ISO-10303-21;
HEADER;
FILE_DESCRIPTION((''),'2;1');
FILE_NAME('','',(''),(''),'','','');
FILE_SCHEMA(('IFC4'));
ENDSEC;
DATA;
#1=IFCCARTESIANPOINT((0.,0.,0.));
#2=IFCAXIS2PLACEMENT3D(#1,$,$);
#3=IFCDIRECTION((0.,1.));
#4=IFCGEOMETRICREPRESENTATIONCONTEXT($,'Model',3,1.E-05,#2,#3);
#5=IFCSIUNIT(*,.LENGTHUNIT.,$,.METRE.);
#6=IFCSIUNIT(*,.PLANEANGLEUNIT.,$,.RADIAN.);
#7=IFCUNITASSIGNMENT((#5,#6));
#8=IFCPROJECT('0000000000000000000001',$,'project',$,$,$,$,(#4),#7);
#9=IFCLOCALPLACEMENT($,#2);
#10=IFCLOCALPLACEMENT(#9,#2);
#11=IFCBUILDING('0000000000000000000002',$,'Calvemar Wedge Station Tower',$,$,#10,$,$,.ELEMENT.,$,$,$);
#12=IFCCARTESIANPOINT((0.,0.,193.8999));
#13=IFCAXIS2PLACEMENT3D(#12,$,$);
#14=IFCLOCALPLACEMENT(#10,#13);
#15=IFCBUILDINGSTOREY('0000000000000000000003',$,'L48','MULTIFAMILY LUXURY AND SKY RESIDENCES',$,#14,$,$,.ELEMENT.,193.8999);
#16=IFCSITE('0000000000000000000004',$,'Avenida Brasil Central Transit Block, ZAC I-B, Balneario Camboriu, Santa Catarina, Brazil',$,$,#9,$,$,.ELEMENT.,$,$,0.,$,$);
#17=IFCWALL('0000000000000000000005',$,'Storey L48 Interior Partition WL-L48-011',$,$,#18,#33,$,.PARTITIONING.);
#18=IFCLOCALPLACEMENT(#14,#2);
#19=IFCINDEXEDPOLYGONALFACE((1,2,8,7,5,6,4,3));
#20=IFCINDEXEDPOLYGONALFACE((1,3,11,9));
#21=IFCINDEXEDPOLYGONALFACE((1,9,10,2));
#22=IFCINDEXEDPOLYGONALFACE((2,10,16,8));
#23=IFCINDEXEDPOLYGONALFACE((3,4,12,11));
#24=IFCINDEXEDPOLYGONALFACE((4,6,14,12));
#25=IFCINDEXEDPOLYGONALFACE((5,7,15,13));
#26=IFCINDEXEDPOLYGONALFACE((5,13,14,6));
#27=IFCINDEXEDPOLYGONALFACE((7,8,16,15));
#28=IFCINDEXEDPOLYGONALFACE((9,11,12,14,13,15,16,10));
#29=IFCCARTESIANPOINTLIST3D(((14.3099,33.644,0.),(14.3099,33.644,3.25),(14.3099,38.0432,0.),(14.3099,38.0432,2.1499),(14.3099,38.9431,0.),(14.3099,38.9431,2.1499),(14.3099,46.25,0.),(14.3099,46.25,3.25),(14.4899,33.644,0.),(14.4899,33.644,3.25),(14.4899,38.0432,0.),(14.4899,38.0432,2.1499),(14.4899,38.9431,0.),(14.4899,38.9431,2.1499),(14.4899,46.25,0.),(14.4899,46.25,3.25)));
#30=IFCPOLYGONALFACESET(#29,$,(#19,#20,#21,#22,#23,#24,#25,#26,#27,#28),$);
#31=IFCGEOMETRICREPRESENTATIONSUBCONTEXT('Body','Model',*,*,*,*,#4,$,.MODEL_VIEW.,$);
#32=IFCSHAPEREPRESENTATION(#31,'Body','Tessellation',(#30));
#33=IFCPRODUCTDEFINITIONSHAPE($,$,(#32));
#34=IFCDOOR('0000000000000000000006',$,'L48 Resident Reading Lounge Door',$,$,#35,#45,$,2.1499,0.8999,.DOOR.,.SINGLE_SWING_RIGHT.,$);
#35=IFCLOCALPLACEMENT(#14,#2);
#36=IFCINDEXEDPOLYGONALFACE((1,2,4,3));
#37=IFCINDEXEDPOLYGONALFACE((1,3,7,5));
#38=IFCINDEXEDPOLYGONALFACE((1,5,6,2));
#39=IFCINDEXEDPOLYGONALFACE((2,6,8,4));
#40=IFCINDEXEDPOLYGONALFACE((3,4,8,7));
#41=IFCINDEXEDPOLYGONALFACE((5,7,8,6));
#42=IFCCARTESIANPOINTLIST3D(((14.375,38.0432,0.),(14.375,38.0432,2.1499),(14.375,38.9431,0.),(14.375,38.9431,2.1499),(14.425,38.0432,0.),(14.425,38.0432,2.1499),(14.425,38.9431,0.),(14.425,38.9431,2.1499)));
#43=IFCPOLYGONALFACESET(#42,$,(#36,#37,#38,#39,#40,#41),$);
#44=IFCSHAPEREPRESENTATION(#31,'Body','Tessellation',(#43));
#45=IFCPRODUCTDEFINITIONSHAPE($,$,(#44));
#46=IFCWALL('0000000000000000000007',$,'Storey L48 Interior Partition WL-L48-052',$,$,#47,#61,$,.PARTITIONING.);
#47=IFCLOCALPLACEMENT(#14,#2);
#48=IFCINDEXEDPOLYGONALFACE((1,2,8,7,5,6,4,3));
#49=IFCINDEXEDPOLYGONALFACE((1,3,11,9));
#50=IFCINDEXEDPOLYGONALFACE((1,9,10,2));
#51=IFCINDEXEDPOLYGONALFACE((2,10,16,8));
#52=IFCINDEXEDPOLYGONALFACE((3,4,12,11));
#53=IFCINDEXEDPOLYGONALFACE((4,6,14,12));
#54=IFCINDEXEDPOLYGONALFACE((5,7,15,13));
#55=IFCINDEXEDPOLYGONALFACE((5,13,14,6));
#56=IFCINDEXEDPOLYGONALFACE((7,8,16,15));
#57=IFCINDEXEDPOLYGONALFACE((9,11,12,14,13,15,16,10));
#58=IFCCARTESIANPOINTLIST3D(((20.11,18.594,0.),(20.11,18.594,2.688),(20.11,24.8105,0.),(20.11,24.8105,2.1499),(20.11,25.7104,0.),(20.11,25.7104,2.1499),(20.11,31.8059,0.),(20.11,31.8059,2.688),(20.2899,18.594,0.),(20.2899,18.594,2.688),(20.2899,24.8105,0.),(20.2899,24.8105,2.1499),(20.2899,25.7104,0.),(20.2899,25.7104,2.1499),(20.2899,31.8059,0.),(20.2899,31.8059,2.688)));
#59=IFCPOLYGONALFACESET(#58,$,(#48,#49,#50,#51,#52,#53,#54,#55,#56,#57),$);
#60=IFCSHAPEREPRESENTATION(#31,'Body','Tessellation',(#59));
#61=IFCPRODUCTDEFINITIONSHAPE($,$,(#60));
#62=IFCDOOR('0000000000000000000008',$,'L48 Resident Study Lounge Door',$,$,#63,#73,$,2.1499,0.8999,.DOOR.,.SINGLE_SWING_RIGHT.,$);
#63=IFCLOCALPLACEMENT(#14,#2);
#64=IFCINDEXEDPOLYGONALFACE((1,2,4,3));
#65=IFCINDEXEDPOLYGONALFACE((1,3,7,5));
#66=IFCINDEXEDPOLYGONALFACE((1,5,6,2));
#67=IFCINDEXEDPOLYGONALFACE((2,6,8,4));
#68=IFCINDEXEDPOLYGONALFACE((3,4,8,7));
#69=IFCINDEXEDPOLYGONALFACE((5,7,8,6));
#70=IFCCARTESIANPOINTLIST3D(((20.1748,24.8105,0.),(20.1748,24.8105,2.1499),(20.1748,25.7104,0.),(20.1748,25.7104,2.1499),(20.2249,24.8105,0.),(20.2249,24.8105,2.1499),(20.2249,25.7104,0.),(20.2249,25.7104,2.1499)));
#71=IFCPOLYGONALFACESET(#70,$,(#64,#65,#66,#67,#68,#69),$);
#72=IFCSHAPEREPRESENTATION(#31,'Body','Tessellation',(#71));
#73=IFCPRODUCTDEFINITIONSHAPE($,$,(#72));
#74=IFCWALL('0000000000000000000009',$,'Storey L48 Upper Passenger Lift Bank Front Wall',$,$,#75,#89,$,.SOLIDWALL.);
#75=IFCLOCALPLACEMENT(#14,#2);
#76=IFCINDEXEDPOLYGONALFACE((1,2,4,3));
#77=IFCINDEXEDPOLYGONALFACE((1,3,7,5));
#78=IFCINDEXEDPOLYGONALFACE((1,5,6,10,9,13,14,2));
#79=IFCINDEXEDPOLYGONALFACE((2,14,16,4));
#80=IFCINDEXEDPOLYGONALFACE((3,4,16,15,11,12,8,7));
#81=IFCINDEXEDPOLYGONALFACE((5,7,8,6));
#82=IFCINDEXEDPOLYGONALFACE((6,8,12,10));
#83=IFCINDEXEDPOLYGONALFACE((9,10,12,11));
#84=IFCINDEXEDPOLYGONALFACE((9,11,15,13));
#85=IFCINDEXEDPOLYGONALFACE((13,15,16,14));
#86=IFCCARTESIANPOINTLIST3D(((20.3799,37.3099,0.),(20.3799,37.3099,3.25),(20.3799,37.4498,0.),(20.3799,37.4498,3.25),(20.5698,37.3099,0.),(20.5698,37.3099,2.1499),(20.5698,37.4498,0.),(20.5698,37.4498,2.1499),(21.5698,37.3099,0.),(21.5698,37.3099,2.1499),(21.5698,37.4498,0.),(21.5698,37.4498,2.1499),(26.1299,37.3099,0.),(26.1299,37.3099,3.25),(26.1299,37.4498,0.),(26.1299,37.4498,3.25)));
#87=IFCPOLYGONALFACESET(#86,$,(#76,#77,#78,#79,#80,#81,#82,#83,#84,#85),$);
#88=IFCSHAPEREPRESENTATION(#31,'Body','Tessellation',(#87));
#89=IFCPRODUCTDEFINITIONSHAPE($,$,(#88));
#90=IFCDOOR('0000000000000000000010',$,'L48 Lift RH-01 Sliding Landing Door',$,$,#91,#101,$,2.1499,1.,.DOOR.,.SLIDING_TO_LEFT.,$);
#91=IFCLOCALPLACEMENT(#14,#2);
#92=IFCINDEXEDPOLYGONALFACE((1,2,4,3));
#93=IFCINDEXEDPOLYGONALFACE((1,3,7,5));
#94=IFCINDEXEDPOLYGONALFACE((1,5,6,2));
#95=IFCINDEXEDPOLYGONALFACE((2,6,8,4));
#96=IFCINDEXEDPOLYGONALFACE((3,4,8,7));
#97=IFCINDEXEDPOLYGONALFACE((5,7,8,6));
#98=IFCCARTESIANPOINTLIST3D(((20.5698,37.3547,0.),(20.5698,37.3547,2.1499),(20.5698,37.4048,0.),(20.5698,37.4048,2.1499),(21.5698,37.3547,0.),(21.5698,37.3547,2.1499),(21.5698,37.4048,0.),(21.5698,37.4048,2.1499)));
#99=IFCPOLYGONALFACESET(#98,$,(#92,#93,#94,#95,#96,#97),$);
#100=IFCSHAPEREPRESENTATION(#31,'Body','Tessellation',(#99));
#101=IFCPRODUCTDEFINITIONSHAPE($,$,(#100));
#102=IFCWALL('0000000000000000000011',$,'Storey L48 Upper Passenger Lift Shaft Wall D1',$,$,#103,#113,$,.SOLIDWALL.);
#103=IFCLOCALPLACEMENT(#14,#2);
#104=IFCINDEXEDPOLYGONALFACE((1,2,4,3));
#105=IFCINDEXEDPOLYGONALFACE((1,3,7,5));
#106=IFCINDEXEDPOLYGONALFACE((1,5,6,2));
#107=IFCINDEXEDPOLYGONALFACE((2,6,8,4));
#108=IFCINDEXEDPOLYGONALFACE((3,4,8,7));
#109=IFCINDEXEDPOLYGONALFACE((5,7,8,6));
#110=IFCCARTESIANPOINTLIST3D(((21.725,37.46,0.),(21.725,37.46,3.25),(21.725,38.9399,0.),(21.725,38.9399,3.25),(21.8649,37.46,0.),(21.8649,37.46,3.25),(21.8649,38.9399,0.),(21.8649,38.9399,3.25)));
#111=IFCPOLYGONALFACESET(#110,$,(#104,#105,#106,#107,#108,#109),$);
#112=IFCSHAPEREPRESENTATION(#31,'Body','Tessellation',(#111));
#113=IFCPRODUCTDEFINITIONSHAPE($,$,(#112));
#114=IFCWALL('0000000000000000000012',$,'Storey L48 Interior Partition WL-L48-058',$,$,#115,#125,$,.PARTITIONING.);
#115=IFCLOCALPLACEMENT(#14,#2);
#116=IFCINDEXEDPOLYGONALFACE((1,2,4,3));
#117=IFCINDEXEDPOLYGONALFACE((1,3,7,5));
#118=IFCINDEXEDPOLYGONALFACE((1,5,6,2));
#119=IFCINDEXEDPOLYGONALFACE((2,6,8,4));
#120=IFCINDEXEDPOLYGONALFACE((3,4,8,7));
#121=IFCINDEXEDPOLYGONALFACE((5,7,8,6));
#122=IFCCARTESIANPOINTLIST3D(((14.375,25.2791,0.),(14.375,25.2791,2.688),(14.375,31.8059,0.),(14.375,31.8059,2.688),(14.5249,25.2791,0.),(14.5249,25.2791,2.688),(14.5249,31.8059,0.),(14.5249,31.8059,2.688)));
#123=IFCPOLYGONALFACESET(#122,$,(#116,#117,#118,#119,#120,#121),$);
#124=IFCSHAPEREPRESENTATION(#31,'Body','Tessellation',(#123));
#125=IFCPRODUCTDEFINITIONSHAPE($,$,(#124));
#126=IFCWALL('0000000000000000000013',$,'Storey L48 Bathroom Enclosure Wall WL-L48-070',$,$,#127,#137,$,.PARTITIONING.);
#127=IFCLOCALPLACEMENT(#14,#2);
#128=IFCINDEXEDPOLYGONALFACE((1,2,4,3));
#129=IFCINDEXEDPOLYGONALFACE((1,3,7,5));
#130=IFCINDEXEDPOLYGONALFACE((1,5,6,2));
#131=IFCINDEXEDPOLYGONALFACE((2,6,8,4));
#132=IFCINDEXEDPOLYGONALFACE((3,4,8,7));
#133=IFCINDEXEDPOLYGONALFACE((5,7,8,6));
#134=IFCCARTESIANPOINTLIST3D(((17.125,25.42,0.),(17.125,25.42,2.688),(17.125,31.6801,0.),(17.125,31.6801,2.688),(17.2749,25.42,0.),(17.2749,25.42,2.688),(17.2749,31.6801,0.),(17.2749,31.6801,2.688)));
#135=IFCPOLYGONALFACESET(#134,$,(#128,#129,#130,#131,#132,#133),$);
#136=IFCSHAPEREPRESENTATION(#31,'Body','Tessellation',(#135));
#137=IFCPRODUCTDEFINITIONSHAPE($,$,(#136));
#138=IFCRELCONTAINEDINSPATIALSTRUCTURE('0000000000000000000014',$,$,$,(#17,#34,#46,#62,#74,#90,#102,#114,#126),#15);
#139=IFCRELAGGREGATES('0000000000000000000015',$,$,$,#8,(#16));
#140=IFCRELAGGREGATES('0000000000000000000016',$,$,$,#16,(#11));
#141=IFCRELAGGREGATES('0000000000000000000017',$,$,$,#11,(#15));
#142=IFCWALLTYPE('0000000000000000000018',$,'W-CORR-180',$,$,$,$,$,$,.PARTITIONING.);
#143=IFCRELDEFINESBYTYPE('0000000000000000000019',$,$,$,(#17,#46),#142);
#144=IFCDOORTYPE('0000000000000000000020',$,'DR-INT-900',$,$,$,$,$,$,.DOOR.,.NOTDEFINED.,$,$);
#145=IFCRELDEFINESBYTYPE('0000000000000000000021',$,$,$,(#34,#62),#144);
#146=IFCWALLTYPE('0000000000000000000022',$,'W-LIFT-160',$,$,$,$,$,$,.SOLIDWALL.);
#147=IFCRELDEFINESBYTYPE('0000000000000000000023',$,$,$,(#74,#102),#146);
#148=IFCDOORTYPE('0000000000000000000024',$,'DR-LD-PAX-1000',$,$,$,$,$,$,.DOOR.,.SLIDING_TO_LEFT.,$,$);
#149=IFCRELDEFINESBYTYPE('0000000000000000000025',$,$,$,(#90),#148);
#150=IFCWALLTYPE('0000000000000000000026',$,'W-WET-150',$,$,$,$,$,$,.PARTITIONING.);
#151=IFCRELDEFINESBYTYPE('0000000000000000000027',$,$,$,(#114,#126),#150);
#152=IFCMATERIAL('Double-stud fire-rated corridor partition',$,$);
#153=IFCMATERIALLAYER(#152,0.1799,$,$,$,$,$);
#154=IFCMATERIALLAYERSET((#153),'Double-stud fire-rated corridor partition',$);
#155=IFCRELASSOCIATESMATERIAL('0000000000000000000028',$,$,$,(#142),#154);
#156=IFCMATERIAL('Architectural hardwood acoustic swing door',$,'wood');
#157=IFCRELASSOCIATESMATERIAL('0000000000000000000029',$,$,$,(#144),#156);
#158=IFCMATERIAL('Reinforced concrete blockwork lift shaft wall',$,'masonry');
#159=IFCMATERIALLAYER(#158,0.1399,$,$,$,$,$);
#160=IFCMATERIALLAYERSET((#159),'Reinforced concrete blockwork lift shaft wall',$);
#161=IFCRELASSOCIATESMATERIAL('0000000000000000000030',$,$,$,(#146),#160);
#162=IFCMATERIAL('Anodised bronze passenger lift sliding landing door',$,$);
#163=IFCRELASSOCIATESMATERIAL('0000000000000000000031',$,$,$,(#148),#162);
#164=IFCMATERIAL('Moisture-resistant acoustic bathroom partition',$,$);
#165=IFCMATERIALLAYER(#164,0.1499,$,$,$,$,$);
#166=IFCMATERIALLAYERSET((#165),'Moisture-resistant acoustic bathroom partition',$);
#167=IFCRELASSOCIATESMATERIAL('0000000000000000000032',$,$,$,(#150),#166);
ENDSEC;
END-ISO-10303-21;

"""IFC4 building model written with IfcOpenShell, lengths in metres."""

from ifc_helpers import new_model, si_unit, direction, frame, frame_2d, origin, place, context, subcontext, project, spatial, rectangle, extrude, source, transform, mapped, material, layer, layer_set, type_object, element, fill, save


model = new_model("IFC4")

# Units and contexts
model_context = context("Model", 3, precision=1e-05, world=origin(), true_north=direction((0.0, 1.0)))
body_context = subcontext(model_context, "Body", "Model", "MODEL_VIEW")
ifc_project = project(units=[si_unit("LENGTHUNIT", "METRE"), si_unit("PLANEANGLEUNIT", "RADIAN")], contexts=[model_context])

# Site, building, storey
site_placement = place(None, origin())
site = spatial("IfcSite", under=ifc_project, at=site_placement, Name="Avenida Brasil Central Transit Block, ZAC I-B, Balneario Camboriu, Santa Catarina, Brazil", CompositionType="ELEMENT", RefElevation=0.0)
building_placement = place(site_placement, origin())
building = spatial("IfcBuilding", under=site, at=building_placement, Name="Calvemar Wedge Station Tower", CompositionType="ELEMENT")
storey_placement = place(building_placement, frame((0.0, 0.0, 193.8999)))
storey = spatial("IfcBuildingStorey", under=building, at=storey_placement, Name="L48", Description="MULTIFAMILY LUXURY AND SKY RESIDENCES", CompositionType="ELEMENT", Elevation=193.8999)

# Shared definitions
ifc_material_1 = material(Name="Double-stud fire-rated corridor partition")
ifc_layer_1 = layer(ifc_material_1, 0.1799)
ifc_layer_set_1 = layer_set([ifc_layer_1], Name="Double-stud fire-rated corridor partition")
wall_type_1 = type_object("IfcWallType", Name="W-CORR-180", PredefinedType="PARTITIONING", material=ifc_layer_set_1)
shared_shape_1 = source(origin(), body_context, "Body", "SweptSolid", [
    extrude(rectangle(XDim=0.8999, YDim=2.1499, at=frame_2d((0.45, 1.075))), frame((0.0, 0.1001, 0.0), z_axis=(0.0, -1.0, 0.0), x_axis=(1.0, 0.0, 0.0)), (0.0, 0.0, 1.0), 0.2),
])

# Walls, openings, doors
wall_1_placement = place(storey_placement, frame((14.3999, 33.644, 0.0), z_axis=(0.0, 0.0, 1.0), x_axis=(0.0, 1.0, 0.0)))
wall_1 = element("IfcWall", 1, at=wall_1_placement, inside=storey, type_object=wall_type_1, Name="Storey L48 Interior Partition WL-L48-011", PredefinedType="PARTITIONING", context=body_context, shape_type="SweptSolid", body=[
    extrude(rectangle(XDim=12.606, YDim=0.1799, at=frame_2d((6.303, 0.0))), origin(), (0.0, 0.0, 1.0), 3.25),
])
opening_1_placement = place(wall_1_placement, frame((4.3992, 0.0, 0.0)))
opening_1 = element("IfcOpeningElement", 2, at=opening_1_placement, cuts=wall_1, PredefinedType="OPENING", context=body_context, shape_type="MappedRepresentation", body=[
    mapped(shared_shape_1, transform((0.0, 0.0, 0.0), scale=1.0)),
])
ifc_material_2 = material(Name="Architectural hardwood acoustic swing door", Category="wood")
door_type_1 = type_object("IfcDoorType", Name="DR-INT-900", OperationType="NOTDEFINED", PredefinedType="DOOR", material=ifc_material_2)
shared_shape_2 = source(origin(), body_context, "Body", "SweptSolid", [
    extrude(rectangle(XDim=0.8999, YDim=2.1499, at=frame_2d((0.45, 1.075))), frame((0.0, 0.0249, 0.0), z_axis=(0.0, -1.0, 0.0), x_axis=(1.0, 0.0, 0.0)), (0.0, 0.0, 1.0), 0.05),
])
door_1_placement = place(opening_1_placement, origin())
door_1 = element("IfcDoor", 3, at=door_1_placement, inside=storey, type_object=door_type_1, Name="L48 Resident Reading Lounge Door", OperationType="SINGLE_SWING_RIGHT", OverallHeight=2.1499, OverallWidth=0.8999, PredefinedType="DOOR", context=body_context, shape_type="MappedRepresentation", body=[
    mapped(shared_shape_2, transform((0.0, 0.0, 0.0), scale=1.0)),
])
fill(opening_1, door_1)
wall_2_placement = place(storey_placement, frame((20.2, 31.8059, 0.0), z_axis=(0.0, 0.0, 1.0), x_axis=(0.0, -1.0, 0.0)))
wall_2 = element("IfcWall", 4, at=wall_2_placement, inside=storey, type_object=wall_type_1, Name="Storey L48 Interior Partition WL-L48-052", PredefinedType="PARTITIONING", context=body_context, shape_type="SweptSolid", body=[
    extrude(rectangle(XDim=13.2119, YDim=0.1799, at=frame_2d((6.606, 0.0))), origin(), (0.0, 0.0, 1.0), 2.688),
])
opening_2_placement = place(wall_2_placement, frame((6.0955, 0.0, 0.0)))
opening_2 = element("IfcOpeningElement", 5, at=opening_2_placement, cuts=wall_2, PredefinedType="OPENING", context=body_context, shape_type="MappedRepresentation", body=[
    mapped(shared_shape_1, transform((0.0, 0.0, 0.0), scale=1.0)),
])
door_2_placement = place(opening_2_placement, origin())
door_2 = element("IfcDoor", 6, at=door_2_placement, inside=storey, type_object=door_type_1, Name="L48 Resident Study Lounge Door", OperationType="SINGLE_SWING_RIGHT", OverallHeight=2.1499, OverallWidth=0.8999, PredefinedType="DOOR", context=body_context, shape_type="MappedRepresentation", body=[
    mapped(shared_shape_2, transform((0.0, 0.0, 0.0), scale=1.0)),
])
fill(opening_2, door_2)
ifc_material_3 = material(Name="Reinforced concrete blockwork lift shaft wall", Category="masonry")
ifc_layer_2 = layer(ifc_material_3, 0.1399)
ifc_layer_set_2 = layer_set([ifc_layer_2], Name="Reinforced concrete blockwork lift shaft wall")
wall_type_2 = type_object("IfcWallType", Name="W-LIFT-160", PredefinedType="SOLIDWALL", material=ifc_layer_set_2)
wall_3_placement = place(storey_placement, frame((20.3799, 37.3799, 0.0), z_axis=(0.0, 0.0, 1.0), x_axis=(1.0, 0.0, 0.0)))
wall_3 = element("IfcWall", 7, at=wall_3_placement, inside=storey, type_object=wall_type_2, Name="Storey L48 Upper Passenger Lift Bank Front Wall", PredefinedType="SOLIDWALL", context=body_context, shape_type="SweptSolid", body=[
    extrude(rectangle(XDim=5.75, YDim=0.1399, at=frame_2d((2.875, 0.0))), origin(), (0.0, 0.0, 1.0), 3.25),
])
shared_shape_3 = source(origin(), body_context, "Body", "SweptSolid", [
    extrude(rectangle(XDim=1.0, YDim=2.1499, at=frame_2d((0.5, 1.075))), frame((0.0, 0.0801, 0.0), z_axis=(0.0, -1.0, 0.0), x_axis=(1.0, 0.0, 0.0)), (0.0, 0.0, 1.0), 0.1599),
])
opening_3_placement = place(wall_3_placement, frame((0.1899, 0.0, 0.0)))
opening_3 = element("IfcOpeningElement", 8, at=opening_3_placement, cuts=wall_3, PredefinedType="OPENING", context=body_context, shape_type="MappedRepresentation", body=[
    mapped(shared_shape_3, transform((0.0, 0.0, 0.0), scale=1.0)),
])
ifc_material_4 = material(Name="Anodised bronze passenger lift sliding landing door")
door_type_2 = type_object("IfcDoorType", Name="DR-LD-PAX-1000", OperationType="SLIDING_TO_LEFT", PredefinedType="DOOR", material=ifc_material_4)
shared_shape_4 = source(origin(), body_context, "Body", "SweptSolid", [
    extrude(rectangle(XDim=1.0, YDim=2.1499, at=frame_2d((0.5, 1.075))), frame((0.0, 0.0249, 0.0), z_axis=(0.0, -1.0, 0.0), x_axis=(1.0, 0.0, 0.0)), (0.0, 0.0, 1.0), 0.05),
])
door_3_placement = place(opening_3_placement, origin())
door_3 = element("IfcDoor", 9, at=door_3_placement, inside=storey, type_object=door_type_2, Name="L48 Lift RH-01 Sliding Landing Door", OperationType="SLIDING_TO_LEFT", OverallHeight=2.1499, OverallWidth=1.0, PredefinedType="DOOR", context=body_context, shape_type="MappedRepresentation", body=[
    mapped(shared_shape_4, transform((0.0, 0.0, 0.0), scale=1.0)),
])
fill(opening_3, door_3)

# Walls
wall_4_placement = place(storey_placement, frame((21.7949, 37.46, 0.0), z_axis=(0.0, 0.0, 1.0), x_axis=(0.0, 1.0, 0.0)))
element("IfcWall", 10, at=wall_4_placement, inside=storey, type_object=wall_type_2, Name="Storey L48 Upper Passenger Lift Shaft Wall D1", PredefinedType="SOLIDWALL", context=body_context, shape_type="SweptSolid", body=[
    extrude(rectangle(XDim=1.48, YDim=0.1399, at=frame_2d((0.74, 0.0))), origin(), (0.0, 0.0, 1.0), 3.25),
])
ifc_material_5 = material(Name="Moisture-resistant acoustic bathroom partition")
ifc_layer_3 = layer(ifc_material_5, 0.1499)
ifc_layer_set_3 = layer_set([ifc_layer_3], Name="Moisture-resistant acoustic bathroom partition")
wall_type_3 = type_object("IfcWallType", Name="W-WET-150", PredefinedType="PARTITIONING", material=ifc_layer_set_3)
wall_5_placement = place(storey_placement, frame((14.45, 25.2791, 0.0), z_axis=(0.0, 0.0, 1.0), x_axis=(0.0, 1.0, 0.0)))
element("IfcWall", 11, at=wall_5_placement, inside=storey, type_object=wall_type_3, Name="Storey L48 Interior Partition WL-L48-058", PredefinedType="PARTITIONING", context=body_context, shape_type="SweptSolid", body=[
    extrude(rectangle(XDim=6.5269, YDim=0.1499, at=frame_2d((3.2634, 0.0))), origin(), (0.0, 0.0, 1.0), 2.688),
])
wall_6_placement = place(storey_placement, frame((17.2, 31.6799, 0.0), z_axis=(0.0, 0.0, 1.0), x_axis=(0.0, -1.0, 0.0)))
element("IfcWall", 12, at=wall_6_placement, inside=storey, type_object=wall_type_3, Name="Storey L48 Bathroom Enclosure Wall WL-L48-070", PredefinedType="PARTITIONING", context=body_context, shape_type="SweptSolid", body=[
    extrude(rectangle(XDim=6.26, YDim=0.1499, at=frame_2d((3.1299, 0.0))), origin(), (0.0, 0.0, 1.0), 2.688),
])

save(model, "model.ifc")
